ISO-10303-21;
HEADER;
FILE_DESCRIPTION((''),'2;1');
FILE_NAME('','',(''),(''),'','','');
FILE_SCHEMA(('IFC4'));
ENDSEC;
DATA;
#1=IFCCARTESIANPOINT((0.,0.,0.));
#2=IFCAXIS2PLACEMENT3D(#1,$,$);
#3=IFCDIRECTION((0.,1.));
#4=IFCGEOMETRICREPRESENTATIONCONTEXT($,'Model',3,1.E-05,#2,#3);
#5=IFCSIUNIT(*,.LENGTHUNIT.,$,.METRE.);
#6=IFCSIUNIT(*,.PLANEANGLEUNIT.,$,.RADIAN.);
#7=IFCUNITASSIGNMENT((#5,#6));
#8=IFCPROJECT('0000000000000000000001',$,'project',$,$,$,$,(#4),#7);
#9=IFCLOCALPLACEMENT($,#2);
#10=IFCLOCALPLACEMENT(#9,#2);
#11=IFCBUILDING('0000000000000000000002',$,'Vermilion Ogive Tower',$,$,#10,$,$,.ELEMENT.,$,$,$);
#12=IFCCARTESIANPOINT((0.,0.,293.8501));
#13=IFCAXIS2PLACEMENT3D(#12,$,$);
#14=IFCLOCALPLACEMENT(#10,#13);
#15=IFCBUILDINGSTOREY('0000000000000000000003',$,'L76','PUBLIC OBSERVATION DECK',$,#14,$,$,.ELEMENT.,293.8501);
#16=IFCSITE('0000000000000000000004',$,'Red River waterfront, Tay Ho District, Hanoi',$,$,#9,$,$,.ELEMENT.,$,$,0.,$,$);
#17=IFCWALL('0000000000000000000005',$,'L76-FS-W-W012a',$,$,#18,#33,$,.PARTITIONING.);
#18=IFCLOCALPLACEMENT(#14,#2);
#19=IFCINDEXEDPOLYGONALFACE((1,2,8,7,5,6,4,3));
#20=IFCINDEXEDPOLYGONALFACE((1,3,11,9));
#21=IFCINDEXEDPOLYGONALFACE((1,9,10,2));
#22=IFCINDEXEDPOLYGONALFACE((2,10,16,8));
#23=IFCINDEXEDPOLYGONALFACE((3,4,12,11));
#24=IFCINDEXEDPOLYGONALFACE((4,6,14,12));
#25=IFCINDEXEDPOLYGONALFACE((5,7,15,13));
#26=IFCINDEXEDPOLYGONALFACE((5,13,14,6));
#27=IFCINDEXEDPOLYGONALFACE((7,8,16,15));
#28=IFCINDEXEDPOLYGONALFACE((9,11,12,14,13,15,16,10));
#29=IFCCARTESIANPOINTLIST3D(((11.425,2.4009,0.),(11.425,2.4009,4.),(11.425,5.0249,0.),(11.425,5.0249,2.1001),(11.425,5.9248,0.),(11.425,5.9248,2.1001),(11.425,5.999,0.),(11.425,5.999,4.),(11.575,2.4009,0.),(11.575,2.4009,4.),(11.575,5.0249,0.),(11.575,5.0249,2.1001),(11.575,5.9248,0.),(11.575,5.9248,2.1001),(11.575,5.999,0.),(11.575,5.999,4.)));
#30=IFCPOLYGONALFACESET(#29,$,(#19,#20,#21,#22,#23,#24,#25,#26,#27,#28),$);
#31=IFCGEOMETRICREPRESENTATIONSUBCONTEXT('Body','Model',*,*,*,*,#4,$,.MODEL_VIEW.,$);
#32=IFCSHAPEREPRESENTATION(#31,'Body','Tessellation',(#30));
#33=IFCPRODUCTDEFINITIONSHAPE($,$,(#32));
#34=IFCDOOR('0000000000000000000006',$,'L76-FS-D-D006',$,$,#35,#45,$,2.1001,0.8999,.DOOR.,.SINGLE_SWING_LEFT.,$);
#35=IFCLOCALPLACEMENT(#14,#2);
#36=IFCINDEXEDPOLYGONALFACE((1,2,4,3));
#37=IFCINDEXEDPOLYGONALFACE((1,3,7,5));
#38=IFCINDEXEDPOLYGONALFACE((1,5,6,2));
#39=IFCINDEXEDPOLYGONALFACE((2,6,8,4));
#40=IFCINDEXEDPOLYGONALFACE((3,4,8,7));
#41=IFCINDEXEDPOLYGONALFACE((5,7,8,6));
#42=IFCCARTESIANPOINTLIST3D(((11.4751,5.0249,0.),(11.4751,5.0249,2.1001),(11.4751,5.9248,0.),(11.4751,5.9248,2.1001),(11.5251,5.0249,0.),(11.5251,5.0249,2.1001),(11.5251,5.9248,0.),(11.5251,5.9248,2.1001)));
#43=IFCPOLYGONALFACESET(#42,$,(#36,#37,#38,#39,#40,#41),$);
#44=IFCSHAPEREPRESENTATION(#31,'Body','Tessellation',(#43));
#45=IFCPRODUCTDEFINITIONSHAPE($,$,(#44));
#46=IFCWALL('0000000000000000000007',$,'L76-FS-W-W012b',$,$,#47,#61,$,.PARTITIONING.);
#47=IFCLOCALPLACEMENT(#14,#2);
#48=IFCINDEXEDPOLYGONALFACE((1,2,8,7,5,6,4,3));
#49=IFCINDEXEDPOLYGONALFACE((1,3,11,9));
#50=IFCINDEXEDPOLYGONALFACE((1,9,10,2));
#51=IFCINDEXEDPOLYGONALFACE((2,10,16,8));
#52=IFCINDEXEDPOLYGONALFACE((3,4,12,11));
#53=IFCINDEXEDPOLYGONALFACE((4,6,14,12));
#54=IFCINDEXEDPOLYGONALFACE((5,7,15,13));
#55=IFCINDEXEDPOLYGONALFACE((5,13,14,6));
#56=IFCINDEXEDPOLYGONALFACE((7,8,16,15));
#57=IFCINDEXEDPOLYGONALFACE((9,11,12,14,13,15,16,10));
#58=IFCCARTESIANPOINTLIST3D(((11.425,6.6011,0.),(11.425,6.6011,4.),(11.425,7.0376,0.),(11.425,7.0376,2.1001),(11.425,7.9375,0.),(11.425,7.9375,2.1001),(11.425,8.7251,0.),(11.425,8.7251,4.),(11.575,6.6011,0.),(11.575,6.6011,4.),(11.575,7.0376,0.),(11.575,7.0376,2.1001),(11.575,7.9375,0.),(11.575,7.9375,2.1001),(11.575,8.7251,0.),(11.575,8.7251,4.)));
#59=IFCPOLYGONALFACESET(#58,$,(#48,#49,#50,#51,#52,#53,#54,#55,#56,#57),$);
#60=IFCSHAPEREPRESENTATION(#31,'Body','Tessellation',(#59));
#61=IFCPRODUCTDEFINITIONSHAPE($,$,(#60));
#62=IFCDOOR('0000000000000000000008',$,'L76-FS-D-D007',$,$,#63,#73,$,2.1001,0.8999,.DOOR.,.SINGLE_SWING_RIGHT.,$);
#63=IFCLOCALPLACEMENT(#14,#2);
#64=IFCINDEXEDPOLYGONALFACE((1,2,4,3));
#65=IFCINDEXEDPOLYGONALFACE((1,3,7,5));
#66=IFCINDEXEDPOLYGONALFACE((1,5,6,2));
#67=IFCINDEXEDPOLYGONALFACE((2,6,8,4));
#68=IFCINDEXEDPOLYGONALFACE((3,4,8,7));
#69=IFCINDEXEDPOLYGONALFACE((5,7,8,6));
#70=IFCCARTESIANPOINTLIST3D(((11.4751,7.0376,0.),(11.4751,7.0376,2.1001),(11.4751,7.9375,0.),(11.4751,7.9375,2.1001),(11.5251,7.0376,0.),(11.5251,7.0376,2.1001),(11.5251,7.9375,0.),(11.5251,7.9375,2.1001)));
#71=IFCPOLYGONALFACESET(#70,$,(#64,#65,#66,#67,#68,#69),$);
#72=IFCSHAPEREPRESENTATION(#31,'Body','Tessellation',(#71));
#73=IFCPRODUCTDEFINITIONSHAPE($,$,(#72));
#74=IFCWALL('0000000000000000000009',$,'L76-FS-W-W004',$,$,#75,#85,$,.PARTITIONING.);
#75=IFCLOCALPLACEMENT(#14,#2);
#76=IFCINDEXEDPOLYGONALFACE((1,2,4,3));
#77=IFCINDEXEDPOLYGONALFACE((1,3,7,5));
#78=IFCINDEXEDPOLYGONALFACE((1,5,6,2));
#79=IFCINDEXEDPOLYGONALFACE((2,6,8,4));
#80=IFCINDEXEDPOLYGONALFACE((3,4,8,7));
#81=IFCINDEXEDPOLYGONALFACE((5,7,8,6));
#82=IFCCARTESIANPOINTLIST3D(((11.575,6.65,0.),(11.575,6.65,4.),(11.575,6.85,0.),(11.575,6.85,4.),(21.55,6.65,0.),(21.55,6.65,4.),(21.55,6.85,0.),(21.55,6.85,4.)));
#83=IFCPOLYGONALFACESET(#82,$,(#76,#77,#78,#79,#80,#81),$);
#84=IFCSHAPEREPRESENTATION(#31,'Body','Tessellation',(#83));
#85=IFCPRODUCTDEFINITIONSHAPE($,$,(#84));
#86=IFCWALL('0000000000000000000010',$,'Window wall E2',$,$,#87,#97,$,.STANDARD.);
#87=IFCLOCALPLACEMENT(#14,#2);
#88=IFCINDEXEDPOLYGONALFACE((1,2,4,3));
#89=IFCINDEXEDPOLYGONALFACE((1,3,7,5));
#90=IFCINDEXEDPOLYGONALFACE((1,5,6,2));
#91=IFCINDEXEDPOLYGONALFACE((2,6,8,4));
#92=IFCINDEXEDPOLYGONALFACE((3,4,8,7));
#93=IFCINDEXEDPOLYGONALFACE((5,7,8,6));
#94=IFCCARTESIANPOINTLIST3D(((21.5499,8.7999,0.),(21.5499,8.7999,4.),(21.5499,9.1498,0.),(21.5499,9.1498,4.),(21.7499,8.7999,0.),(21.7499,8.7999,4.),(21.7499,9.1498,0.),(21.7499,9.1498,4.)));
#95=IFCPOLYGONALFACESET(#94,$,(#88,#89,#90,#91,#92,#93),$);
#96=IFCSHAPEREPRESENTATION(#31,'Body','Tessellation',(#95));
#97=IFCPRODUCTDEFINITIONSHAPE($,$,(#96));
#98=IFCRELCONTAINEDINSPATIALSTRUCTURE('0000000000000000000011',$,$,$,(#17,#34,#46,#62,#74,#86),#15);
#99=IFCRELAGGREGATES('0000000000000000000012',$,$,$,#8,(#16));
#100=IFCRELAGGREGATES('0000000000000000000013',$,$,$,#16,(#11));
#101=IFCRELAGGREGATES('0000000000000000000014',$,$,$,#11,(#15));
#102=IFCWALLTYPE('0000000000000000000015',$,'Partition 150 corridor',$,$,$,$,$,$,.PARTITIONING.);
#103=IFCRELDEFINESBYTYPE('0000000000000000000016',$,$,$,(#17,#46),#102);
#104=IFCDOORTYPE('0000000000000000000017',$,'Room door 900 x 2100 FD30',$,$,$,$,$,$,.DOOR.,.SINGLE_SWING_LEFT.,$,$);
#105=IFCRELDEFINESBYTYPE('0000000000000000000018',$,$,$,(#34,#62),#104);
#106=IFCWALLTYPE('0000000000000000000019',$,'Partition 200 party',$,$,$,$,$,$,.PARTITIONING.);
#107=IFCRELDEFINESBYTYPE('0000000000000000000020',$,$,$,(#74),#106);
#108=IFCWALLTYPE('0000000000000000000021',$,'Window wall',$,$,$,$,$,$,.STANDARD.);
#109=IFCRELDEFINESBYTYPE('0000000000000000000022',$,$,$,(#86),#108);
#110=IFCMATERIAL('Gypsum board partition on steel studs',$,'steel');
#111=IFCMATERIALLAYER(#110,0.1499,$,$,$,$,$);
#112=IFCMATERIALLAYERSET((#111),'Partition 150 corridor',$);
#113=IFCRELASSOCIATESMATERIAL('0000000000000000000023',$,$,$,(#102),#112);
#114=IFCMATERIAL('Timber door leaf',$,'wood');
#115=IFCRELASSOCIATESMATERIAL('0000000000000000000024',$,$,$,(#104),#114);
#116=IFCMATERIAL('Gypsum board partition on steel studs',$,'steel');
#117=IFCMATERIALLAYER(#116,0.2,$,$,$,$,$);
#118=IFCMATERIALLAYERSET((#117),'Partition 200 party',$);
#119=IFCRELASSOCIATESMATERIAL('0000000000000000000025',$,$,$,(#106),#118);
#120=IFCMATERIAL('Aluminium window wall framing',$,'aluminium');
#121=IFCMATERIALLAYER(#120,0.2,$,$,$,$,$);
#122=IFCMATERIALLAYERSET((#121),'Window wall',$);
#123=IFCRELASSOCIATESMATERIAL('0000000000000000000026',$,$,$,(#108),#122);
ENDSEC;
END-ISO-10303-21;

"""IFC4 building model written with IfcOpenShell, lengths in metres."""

from ifc_helpers import new_model, si_unit, direction, frame, frame_2d, origin, place, context, subcontext, project, spatial, rectangle, extrude, material, layer, layer_set, type_object, element, fill, save


model = new_model("IFC4")

# Units and contexts
model_context = context("Model", 3, precision=1e-05, world=origin(), true_north=direction((0.0, 1.0)))
body_context = subcontext(model_context, "Body", "Model", "MODEL_VIEW")
ifc_project = project(units=[si_unit("LENGTHUNIT", "METRE"), si_unit("PLANEANGLEUNIT", "RADIAN")], contexts=[model_context])

# Site, building, storey
site_placement = place(None, origin())
site = spatial("IfcSite", under=ifc_project, at=site_placement, Name="Red River waterfront, Tay Ho District, Hanoi", CompositionType="ELEMENT", RefElevation=0.0)
building_placement = place(site_placement, origin())
building = spatial("IfcBuilding", under=site, at=building_placement, Name="Vermilion Ogive Tower", CompositionType="ELEMENT")
storey_placement = place(building_placement, frame((0.0, 0.0, 293.8501)))
storey = spatial("IfcBuildingStorey", under=building, at=storey_placement, Name="L76", Description="PUBLIC OBSERVATION DECK", CompositionType="ELEMENT", Elevation=293.8501)

# Walls, openings, doors
ifc_material_1 = material(Name="Gypsum board partition on steel studs", Category="steel")
ifc_layer_1 = layer(ifc_material_1, 0.1499)
ifc_layer_set_1 = layer_set([ifc_layer_1], Name="Partition 150 corridor")
wall_type_1 = type_object("IfcWallType", Name="Partition 150 corridor", PredefinedType="PARTITIONING", material=ifc_layer_set_1)
wall_1_placement = place(storey_placement, frame((11.5, 2.4009, 0.0), z_axis=(0.0, 0.0, 1.0), x_axis=(0.0, 1.0, 0.0)))
wall_1 = element("IfcWall", 1, at=wall_1_placement, inside=storey, type_object=wall_type_1, Name="L76-FS-W-W012a", PredefinedType="PARTITIONING", context=body_context, shape_type="SweptSolid", body=[
    extrude(rectangle(XDim=3.5981, YDim=0.1499, at=frame_2d((1.7991, 0.0))), origin(), (0.0, 0.0, 1.0), 4.0),
])
opening_1_placement = place(wall_1_placement, frame((2.624, 0.0, 0.0)))
opening_1 = element("IfcOpeningElement", 2, at=opening_1_placement, cuts=wall_1, PredefinedType="OPENING", context=body_context, shape_type="SweptSolid", body=[
    extrude(rectangle(XDim=0.8999, YDim=2.1001, at=frame_2d((0.45, 1.05))), frame((0.0, 0.085, 0.0), z_axis=(0.0, -1.0, 0.0), x_axis=(1.0, 0.0, 0.0)), (0.0, 0.0, 1.0), 0.1699),
])
ifc_material_2 = material(Name="Timber door leaf", Category="wood")
door_type = type_object("IfcDoorType", Name="Room door 900 x 2100 FD30", OperationType="SINGLE_SWING_LEFT", PredefinedType="DOOR", material=ifc_material_2)
door_1_placement = place(opening_1_placement, origin())
door_1 = element("IfcDoor", 3, at=door_1_placement, inside=storey, type_object=door_type, Name="L76-FS-D-D006", OperationType="SINGLE_SWING_LEFT", OverallHeight=2.1001, OverallWidth=0.8999, PredefinedType="DOOR", context=body_context, shape_type="SweptSolid", body=[
    extrude(rectangle(XDim=0.8999, YDim=2.1001, at=frame_2d((0.45, 1.05))), frame((0.0, 0.0249, 0.0), z_axis=(0.0, -1.0, 0.0), x_axis=(1.0, 0.0, 0.0)), (0.0, 0.0, 1.0), 0.05),
])
fill(opening_1, door_1)
wall_2_placement = place(storey_placement, frame((11.5, 6.6011, 0.0), z_axis=(0.0, 0.0, 1.0), x_axis=(0.0, 1.0, 0.0)))
wall_2 = element("IfcWall", 4, at=wall_2_placement, inside=storey, type_object=wall_type_1, Name="L76-FS-W-W012b", PredefinedType="PARTITIONING", context=body_context, shape_type="SweptSolid", body=[
    extrude(rectangle(XDim=2.124, YDim=0.1499, at=frame_2d((1.062, 0.0))), origin(), (0.0, 0.0, 1.0), 4.0),
])
opening_2_placement = place(wall_2_placement, frame((0.4365, 0.0, 0.0)))
opening_2 = element("IfcOpeningElement", 5, at=opening_2_placement, cuts=wall_2, PredefinedType="OPENING", context=body_context, shape_type="SweptSolid", body=[
    extrude(rectangle(XDim=0.8999, YDim=2.1001, at=frame_2d((0.45, 1.05))), frame((0.0, 0.085, 0.0), z_axis=(0.0, -1.0, 0.0), x_axis=(1.0, 0.0, 0.0)), (0.0, 0.0, 1.0), 0.1699),
])
door_2_placement = place(opening_2_placement, origin())
door_2 = element("IfcDoor", 6, at=door_2_placement, inside=storey, type_object=door_type, Name="L76-FS-D-D007", OperationType="SINGLE_SWING_RIGHT", OverallHeight=2.1001, OverallWidth=0.8999, PredefinedType="DOOR", context=body_context, shape_type="SweptSolid", body=[
    extrude(rectangle(XDim=0.8999, YDim=2.1001, at=frame_2d((0.45, 1.05))), frame((0.0, 0.0249, 0.0), z_axis=(0.0, -1.0, 0.0), x_axis=(1.0, 0.0, 0.0)), (0.0, 0.0, 1.0), 0.05),
])
fill(opening_2, door_2)

# Walls
ifc_material_3 = material(Name="Gypsum board partition on steel studs", Category="steel")
ifc_layer_2 = layer(ifc_material_3, 0.2)
ifc_layer_set_2 = layer_set([ifc_layer_2], Name="Partition 200 party")
wall_type_2 = type_object("IfcWallType", Name="Partition 200 party", PredefinedType="PARTITIONING", material=ifc_layer_set_2)
wall_3_placement = place(storey_placement, frame((11.575, 6.75, 0.0), z_axis=(0.0, 0.0, 1.0), x_axis=(1.0, 0.0, 0.0)))
element("IfcWall", 7, at=wall_3_placement, inside=storey, type_object=wall_type_2, Name="L76-FS-W-W004", PredefinedType="PARTITIONING", context=body_context, shape_type="SweptSolid", body=[
    extrude(rectangle(XDim=9.9751, YDim=0.2, at=frame_2d((4.9875, 0.0))), origin(), (0.0, 0.0, 1.0), 4.0),
])
ifc_material_4 = material(Name="Aluminium window wall framing", Category="aluminium")
ifc_layer_3 = layer(ifc_material_4, 0.2)
ifc_layer_set_3 = layer_set([ifc_layer_3], Name="Window wall")
wall_type_3 = type_object("IfcWallType", Name="Window wall", PredefinedType="STANDARD", material=ifc_layer_set_3)
wall_4_placement = place(storey_placement, frame((21.6499, 8.8, 0.0), z_axis=(0.0, 0.0, 1.0), x_axis=(0.0, 1.0, 0.0)))
element("IfcWall", 8, at=wall_4_placement, inside=storey, type_object=wall_type_3, Name="Window wall E2", PredefinedType="STANDARD", context=body_context, shape_type="SweptSolid", body=[
    extrude(rectangle(XDim=0.3499, YDim=0.2, at=frame_2d((0.1748, 0.0))), origin(), (0.0, 0.0, 1.0), 4.0),
])

save(model, "model.ifc")
